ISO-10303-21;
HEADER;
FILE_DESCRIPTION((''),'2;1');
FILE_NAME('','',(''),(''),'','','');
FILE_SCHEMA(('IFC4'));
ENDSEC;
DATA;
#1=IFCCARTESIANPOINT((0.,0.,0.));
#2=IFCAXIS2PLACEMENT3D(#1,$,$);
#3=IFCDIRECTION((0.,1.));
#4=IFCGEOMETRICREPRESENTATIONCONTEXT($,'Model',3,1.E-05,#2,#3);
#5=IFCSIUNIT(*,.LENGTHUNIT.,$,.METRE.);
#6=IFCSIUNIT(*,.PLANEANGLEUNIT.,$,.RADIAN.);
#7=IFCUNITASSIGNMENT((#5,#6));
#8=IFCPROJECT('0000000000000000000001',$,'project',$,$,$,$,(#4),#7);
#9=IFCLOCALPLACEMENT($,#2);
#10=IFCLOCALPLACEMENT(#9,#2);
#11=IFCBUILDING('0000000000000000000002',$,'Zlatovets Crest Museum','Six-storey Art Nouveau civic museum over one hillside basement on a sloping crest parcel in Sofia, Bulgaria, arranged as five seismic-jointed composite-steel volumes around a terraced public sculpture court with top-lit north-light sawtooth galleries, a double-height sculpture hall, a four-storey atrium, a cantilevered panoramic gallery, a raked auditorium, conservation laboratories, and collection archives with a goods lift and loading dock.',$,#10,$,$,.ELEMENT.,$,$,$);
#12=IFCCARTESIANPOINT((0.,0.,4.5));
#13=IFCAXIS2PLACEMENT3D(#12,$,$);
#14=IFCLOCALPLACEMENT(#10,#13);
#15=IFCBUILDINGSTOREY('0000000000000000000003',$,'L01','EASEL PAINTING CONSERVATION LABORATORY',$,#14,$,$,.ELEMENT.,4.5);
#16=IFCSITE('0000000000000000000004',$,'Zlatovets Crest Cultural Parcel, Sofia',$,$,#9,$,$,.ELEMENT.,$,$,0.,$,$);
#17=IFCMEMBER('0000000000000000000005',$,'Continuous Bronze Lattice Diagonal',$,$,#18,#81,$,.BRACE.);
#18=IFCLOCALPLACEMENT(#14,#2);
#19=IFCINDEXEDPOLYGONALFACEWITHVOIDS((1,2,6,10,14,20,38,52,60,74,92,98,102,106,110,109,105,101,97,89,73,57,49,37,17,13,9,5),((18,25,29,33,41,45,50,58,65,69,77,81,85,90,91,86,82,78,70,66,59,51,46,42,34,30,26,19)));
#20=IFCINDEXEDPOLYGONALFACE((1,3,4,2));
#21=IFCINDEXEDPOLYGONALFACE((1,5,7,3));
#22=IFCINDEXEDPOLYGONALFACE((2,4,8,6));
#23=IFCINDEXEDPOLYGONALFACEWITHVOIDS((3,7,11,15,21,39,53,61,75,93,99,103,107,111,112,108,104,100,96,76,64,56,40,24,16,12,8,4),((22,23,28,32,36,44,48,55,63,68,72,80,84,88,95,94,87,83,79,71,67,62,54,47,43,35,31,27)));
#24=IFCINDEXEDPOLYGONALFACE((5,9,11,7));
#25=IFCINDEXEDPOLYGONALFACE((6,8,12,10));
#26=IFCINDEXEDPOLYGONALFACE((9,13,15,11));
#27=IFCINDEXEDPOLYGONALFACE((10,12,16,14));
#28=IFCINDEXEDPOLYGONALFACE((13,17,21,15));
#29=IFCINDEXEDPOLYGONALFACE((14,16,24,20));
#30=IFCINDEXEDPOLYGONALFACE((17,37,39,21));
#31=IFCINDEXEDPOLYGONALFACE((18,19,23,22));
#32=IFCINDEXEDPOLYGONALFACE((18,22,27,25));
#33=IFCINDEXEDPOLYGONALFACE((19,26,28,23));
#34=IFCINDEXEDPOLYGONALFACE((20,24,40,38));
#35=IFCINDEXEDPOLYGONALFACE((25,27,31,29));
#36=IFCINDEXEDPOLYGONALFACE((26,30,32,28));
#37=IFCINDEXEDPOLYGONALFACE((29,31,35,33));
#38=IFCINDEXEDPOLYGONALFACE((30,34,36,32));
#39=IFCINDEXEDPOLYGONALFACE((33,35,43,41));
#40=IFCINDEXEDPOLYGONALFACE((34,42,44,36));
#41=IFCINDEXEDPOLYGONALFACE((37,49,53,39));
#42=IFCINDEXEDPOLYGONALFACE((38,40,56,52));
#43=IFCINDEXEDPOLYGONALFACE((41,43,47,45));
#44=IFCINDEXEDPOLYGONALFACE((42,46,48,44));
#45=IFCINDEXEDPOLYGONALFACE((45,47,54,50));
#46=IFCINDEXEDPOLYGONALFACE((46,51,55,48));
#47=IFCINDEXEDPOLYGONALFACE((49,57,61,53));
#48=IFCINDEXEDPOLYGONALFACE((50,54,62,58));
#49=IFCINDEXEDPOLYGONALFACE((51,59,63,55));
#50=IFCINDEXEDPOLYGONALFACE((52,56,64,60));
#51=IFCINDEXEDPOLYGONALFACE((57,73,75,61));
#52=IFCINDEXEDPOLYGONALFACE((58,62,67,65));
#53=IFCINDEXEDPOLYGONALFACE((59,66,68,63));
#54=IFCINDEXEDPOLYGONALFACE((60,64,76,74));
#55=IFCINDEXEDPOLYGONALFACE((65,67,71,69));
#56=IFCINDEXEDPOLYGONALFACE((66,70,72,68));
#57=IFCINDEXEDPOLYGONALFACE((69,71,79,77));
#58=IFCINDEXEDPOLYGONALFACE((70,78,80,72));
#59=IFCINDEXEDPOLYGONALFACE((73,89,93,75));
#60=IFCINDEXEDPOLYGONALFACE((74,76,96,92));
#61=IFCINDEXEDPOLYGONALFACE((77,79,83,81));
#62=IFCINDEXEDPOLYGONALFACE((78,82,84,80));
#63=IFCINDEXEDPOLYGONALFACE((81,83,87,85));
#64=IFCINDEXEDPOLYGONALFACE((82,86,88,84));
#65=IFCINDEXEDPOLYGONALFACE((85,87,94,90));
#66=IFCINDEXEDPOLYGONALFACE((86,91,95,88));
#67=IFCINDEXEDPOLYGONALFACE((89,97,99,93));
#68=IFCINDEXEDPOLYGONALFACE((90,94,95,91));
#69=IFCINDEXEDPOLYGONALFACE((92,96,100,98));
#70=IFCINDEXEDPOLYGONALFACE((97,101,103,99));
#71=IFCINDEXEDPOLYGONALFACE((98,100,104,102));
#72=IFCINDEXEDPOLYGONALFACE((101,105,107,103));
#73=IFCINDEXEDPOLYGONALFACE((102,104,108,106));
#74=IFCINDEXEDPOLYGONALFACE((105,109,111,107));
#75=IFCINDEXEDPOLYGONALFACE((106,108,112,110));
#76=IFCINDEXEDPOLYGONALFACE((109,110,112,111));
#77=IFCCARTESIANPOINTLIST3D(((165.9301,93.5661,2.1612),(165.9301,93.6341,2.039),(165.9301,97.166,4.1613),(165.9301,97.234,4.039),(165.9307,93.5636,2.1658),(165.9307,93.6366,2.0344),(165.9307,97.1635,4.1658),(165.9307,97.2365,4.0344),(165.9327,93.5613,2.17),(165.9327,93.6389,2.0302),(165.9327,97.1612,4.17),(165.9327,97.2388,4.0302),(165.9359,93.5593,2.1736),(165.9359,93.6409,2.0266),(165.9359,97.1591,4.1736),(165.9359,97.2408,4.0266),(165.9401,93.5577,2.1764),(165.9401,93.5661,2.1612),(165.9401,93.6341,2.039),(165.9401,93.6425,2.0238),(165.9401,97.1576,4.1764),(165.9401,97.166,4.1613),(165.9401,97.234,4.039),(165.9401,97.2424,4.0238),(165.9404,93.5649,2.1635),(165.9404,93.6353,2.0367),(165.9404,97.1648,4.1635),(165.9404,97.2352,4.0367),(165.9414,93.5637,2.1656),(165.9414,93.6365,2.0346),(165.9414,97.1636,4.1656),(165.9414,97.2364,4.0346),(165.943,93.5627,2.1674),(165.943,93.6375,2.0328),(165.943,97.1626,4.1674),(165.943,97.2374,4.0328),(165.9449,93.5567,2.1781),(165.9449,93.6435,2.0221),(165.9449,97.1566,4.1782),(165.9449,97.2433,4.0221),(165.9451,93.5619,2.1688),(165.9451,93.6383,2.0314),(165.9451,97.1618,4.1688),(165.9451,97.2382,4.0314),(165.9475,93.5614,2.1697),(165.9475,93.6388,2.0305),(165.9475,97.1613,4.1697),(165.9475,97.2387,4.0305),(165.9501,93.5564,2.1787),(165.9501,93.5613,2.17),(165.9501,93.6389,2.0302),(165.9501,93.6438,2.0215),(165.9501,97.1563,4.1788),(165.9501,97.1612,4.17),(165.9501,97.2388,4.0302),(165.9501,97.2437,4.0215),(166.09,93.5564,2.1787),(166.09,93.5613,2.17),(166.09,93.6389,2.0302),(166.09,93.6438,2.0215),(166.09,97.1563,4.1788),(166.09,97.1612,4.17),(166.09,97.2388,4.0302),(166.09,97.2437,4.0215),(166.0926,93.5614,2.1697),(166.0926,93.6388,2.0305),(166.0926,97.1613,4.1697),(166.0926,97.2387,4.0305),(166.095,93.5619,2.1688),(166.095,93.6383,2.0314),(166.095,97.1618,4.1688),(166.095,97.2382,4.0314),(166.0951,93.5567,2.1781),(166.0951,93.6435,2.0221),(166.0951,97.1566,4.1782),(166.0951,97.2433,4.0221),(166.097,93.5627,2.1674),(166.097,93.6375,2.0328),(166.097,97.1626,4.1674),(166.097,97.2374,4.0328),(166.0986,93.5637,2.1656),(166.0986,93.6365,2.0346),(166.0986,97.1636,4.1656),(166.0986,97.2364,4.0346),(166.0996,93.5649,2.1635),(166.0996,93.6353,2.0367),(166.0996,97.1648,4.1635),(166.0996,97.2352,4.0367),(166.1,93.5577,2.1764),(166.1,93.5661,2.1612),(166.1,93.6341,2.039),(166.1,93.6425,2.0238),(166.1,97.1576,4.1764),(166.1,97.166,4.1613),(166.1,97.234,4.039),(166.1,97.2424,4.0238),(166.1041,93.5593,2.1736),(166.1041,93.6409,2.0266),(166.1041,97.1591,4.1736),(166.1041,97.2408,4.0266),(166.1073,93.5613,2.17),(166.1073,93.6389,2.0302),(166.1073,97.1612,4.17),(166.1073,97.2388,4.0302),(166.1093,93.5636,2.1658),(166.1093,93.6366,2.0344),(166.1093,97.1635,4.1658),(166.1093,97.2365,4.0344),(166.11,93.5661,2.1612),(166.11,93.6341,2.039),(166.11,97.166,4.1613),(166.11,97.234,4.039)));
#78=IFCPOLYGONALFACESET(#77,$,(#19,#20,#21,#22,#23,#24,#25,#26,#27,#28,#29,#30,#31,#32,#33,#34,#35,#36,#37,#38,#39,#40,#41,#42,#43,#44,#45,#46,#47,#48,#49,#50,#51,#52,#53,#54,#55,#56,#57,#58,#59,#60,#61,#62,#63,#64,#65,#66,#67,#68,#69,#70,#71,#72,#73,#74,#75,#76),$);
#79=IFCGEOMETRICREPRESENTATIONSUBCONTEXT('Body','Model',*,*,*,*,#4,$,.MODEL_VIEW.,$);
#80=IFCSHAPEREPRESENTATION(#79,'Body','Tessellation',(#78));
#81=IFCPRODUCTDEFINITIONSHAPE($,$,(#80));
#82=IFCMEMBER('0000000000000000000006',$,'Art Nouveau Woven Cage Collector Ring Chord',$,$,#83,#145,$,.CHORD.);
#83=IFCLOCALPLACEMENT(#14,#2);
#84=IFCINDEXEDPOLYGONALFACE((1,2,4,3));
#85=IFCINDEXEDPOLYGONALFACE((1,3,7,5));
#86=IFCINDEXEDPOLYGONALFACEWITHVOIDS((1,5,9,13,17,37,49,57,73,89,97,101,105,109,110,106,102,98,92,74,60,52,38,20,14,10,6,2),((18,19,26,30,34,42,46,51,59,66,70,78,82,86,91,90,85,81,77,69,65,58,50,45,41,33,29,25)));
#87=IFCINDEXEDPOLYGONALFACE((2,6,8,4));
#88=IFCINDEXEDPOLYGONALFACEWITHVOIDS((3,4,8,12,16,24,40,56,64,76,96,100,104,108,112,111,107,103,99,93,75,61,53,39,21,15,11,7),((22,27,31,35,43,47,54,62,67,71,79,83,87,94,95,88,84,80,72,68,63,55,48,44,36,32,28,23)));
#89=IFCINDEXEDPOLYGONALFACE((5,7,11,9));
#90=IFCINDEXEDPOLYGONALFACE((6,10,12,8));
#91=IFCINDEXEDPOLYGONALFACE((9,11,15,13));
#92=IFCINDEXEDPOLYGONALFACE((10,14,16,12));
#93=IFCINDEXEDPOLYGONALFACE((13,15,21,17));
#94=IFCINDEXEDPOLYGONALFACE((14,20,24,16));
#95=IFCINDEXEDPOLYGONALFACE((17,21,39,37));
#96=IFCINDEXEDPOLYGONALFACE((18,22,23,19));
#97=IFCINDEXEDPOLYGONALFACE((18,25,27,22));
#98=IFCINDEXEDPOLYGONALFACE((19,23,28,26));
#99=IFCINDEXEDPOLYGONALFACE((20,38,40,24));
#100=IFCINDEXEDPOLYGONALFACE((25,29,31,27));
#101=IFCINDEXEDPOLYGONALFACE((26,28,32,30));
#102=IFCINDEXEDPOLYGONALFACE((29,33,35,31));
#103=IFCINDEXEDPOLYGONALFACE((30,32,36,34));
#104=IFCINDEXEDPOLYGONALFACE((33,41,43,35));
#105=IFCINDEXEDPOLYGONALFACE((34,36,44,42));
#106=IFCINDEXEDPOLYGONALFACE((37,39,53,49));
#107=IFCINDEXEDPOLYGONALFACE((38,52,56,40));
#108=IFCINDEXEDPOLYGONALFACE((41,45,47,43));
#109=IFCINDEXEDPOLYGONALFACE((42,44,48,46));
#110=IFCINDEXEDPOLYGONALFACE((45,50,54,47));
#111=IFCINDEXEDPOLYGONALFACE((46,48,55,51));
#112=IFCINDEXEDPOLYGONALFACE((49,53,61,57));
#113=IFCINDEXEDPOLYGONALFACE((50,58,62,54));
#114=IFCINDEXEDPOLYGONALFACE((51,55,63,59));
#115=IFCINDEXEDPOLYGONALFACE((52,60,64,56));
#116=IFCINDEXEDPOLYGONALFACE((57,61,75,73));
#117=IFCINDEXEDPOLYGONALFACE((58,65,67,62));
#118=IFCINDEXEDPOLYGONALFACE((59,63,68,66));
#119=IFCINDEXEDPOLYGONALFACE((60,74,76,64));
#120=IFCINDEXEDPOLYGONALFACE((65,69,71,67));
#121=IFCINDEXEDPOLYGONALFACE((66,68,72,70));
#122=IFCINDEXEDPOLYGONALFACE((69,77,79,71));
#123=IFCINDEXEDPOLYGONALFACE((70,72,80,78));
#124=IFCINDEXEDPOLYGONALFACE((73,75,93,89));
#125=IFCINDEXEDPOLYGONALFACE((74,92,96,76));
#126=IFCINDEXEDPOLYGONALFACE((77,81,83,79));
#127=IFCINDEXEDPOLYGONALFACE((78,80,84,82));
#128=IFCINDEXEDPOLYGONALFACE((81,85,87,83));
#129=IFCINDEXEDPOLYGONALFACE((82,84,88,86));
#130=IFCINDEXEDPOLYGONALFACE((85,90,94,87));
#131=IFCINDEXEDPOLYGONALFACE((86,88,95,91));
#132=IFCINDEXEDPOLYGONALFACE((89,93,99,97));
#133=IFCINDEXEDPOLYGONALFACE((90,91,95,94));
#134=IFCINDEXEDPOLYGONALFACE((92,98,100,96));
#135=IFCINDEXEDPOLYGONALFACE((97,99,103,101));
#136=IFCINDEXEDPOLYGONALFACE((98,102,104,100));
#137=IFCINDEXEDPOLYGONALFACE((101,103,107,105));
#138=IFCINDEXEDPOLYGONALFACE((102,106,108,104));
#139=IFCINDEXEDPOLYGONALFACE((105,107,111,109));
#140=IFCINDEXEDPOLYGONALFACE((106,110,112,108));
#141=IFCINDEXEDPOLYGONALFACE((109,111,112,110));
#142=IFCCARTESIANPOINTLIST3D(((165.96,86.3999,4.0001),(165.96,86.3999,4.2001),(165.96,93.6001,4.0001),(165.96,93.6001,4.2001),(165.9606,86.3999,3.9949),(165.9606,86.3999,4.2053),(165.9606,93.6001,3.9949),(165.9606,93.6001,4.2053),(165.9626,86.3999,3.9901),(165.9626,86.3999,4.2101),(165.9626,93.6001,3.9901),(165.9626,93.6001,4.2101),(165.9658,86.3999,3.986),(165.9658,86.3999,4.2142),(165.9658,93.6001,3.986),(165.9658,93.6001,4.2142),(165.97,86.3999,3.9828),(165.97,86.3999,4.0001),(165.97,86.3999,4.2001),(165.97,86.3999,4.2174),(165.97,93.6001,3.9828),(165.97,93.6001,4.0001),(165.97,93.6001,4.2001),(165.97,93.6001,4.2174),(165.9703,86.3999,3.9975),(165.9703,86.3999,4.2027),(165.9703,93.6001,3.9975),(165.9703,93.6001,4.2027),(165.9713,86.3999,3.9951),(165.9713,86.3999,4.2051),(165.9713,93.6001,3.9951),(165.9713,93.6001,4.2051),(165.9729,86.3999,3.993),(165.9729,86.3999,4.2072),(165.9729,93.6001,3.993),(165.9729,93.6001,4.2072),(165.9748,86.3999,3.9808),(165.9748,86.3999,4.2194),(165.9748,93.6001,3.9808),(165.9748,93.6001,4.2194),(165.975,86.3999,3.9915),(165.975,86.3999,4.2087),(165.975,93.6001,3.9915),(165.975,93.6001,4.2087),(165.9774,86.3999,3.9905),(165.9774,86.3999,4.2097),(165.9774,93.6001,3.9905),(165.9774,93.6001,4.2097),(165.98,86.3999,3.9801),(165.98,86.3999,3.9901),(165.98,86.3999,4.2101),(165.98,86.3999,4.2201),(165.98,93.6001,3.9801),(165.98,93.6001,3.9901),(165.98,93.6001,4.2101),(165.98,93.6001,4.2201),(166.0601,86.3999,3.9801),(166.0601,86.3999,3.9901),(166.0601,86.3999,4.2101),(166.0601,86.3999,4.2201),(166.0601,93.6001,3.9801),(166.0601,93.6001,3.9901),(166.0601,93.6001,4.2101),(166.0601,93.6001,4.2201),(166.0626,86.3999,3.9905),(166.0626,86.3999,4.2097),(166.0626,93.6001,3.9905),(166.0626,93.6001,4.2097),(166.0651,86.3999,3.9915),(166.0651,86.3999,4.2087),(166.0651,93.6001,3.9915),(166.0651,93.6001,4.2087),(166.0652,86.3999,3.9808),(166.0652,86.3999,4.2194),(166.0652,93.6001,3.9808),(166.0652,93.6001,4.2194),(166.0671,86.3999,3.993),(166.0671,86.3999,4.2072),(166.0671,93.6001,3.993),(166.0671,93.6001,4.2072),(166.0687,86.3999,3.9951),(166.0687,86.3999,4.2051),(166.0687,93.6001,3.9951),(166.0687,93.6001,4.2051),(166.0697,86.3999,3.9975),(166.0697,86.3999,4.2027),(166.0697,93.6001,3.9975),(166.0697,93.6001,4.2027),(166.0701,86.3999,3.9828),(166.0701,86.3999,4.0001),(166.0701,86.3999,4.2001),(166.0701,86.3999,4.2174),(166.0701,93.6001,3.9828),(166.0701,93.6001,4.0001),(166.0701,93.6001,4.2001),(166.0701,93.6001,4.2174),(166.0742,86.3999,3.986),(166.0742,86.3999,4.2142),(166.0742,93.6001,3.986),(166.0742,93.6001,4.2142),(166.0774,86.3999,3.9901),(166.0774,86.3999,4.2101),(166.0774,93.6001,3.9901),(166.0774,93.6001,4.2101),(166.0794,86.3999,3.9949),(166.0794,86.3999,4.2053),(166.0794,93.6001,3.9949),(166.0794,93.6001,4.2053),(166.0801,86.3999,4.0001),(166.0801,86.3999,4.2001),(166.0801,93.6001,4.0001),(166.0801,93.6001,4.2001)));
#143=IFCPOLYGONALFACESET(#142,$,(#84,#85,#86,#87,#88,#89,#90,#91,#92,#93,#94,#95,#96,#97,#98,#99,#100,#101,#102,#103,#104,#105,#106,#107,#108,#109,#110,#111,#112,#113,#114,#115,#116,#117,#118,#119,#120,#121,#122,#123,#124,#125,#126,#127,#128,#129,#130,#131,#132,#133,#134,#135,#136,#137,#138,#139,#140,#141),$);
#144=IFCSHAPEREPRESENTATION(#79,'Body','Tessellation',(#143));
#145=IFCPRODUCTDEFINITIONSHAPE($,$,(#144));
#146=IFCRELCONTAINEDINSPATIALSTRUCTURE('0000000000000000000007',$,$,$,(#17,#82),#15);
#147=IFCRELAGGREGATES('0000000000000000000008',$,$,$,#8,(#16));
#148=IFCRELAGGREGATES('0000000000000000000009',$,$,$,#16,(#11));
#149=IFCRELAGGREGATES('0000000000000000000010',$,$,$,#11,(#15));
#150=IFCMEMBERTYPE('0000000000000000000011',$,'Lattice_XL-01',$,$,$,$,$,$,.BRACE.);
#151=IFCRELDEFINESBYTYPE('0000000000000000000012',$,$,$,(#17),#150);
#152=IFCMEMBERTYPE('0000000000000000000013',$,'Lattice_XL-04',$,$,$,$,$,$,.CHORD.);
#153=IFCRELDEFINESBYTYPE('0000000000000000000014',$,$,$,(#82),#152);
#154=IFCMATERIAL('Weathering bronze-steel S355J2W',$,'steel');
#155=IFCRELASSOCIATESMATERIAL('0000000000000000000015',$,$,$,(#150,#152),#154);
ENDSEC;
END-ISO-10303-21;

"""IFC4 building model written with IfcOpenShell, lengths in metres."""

from ifc_helpers import new_model, si_unit, direction, frame, origin, origin_2d, place, context, subcontext, project, spatial, hollow_rectangle, extrude, material, material_profile, profile_set, type_object, element, save


model = new_model("IFC4")

# Units and contexts
model_context = context("Model", 3, precision=1e-05, world=origin(), true_north=direction((0.0, 1.0)))
body_context = subcontext(model_context, "Body", "Model", "MODEL_VIEW")
ifc_project = project(units=[si_unit("LENGTHUNIT", "METRE"), si_unit("PLANEANGLEUNIT", "RADIAN")], contexts=[model_context])

# Site, building, storey
site_placement = place(None, origin())
site = spatial("IfcSite", under=ifc_project, at=site_placement, Name="Zlatovets Crest Cultural Parcel, Sofia", CompositionType="ELEMENT", RefElevation=0.0)
building_placement = place(site_placement, origin())
building = spatial("IfcBuilding", under=site, at=building_placement, Name="Zlatovets Crest Museum", Description="Six-storey Art Nouveau civic museum over one hillside basement on a sloping crest parcel in Sofia, Bulgaria, arranged as five seismic-jointed composite-steel volumes around a terraced public sculpture court with top-lit north-light sawtooth galleries, a double-height sculpture hall, a four-storey atrium, a cantilevered panoramic gallery, a raked auditorium, conservation laboratories, and collection archives with a goods lift and loading dock.", CompositionType="ELEMENT")
storey_placement = place(building_placement, frame((0.0, 0.0, 4.5)))
storey = spatial("IfcBuildingStorey", under=building, at=storey_placement, Name="L01", Description="EASEL PAINTING CONSERVATION LABORATORY", CompositionType="ELEMENT", Elevation=4.5)

# Members
ifc_material_1 = material(Name="Weathering bronze-steel S355J2W", Category="steel")
ifc_material_profile_1 = material_profile(ifc_material_1, hollow_rectangle(XDim=0.1799, YDim=0.1799, WallThickness=0.01, InnerFilletRadius=0.01, OuterFilletRadius=0.02, at=origin_2d()), Name="SHS 180x180x10.0")
ifc_profile_set_1 = profile_set([ifc_material_profile_1], Name="Weathering bronze-steel S355J2W")
member_type_1 = type_object("IfcMemberType", Name="Lattice_XL-01", PredefinedType="BRACE", material=ifc_profile_set_1)
member_1_placement = place(storey_placement, frame((166.02, 93.6001, 2.1001), z_axis=(0.0, 0.874149, 0.485658), x_axis=(-1.0, 0.0, 0.0)))
element("IfcMember", 1, at=member_1_placement, inside=storey, type_object=member_type_1, Name="Continuous Bronze Lattice Diagonal", PredefinedType="BRACE", context=body_context, shape_type="SweptSolid", body=[
    extrude(hollow_rectangle(XDim=0.1799, YDim=0.1799, WallThickness=0.01, InnerFilletRadius=0.01, OuterFilletRadius=0.02, at=origin_2d()), origin(), (0.0, 0.0, 1.0), 4.1182),
])
ifc_material_profile_2 = material_profile(ifc_material_1, hollow_rectangle(XDim=0.1201, YDim=0.24, WallThickness=0.01, InnerFilletRadius=0.01, OuterFilletRadius=0.02, at=origin_2d()), Name="RHS 120x240x10.0")
ifc_profile_set_2 = profile_set([ifc_material_profile_2], Name="Weathering bronze-steel S355J2W")
member_type_2 = type_object("IfcMemberType", Name="Lattice_XL-04", PredefinedType="CHORD", material=ifc_profile_set_2)
member_2_placement = place(storey_placement, frame((166.02, 86.3999, 4.1001), z_axis=(0.0, 1.0, 0.0), x_axis=(-1.0, 0.0, 0.0)))
element("IfcMember", 2, at=member_2_placement, inside=storey, type_object=member_type_2, Name="Art Nouveau Woven Cage Collector Ring Chord", PredefinedType="CHORD", context=body_context, shape_type="SweptSolid", body=[
    extrude(hollow_rectangle(XDim=0.1201, YDim=0.24, WallThickness=0.01, InnerFilletRadius=0.01, OuterFilletRadius=0.02, at=origin_2d()), origin(), (0.0, 0.0, 1.0), 7.2002),
])

save(model, "model.ifc")
